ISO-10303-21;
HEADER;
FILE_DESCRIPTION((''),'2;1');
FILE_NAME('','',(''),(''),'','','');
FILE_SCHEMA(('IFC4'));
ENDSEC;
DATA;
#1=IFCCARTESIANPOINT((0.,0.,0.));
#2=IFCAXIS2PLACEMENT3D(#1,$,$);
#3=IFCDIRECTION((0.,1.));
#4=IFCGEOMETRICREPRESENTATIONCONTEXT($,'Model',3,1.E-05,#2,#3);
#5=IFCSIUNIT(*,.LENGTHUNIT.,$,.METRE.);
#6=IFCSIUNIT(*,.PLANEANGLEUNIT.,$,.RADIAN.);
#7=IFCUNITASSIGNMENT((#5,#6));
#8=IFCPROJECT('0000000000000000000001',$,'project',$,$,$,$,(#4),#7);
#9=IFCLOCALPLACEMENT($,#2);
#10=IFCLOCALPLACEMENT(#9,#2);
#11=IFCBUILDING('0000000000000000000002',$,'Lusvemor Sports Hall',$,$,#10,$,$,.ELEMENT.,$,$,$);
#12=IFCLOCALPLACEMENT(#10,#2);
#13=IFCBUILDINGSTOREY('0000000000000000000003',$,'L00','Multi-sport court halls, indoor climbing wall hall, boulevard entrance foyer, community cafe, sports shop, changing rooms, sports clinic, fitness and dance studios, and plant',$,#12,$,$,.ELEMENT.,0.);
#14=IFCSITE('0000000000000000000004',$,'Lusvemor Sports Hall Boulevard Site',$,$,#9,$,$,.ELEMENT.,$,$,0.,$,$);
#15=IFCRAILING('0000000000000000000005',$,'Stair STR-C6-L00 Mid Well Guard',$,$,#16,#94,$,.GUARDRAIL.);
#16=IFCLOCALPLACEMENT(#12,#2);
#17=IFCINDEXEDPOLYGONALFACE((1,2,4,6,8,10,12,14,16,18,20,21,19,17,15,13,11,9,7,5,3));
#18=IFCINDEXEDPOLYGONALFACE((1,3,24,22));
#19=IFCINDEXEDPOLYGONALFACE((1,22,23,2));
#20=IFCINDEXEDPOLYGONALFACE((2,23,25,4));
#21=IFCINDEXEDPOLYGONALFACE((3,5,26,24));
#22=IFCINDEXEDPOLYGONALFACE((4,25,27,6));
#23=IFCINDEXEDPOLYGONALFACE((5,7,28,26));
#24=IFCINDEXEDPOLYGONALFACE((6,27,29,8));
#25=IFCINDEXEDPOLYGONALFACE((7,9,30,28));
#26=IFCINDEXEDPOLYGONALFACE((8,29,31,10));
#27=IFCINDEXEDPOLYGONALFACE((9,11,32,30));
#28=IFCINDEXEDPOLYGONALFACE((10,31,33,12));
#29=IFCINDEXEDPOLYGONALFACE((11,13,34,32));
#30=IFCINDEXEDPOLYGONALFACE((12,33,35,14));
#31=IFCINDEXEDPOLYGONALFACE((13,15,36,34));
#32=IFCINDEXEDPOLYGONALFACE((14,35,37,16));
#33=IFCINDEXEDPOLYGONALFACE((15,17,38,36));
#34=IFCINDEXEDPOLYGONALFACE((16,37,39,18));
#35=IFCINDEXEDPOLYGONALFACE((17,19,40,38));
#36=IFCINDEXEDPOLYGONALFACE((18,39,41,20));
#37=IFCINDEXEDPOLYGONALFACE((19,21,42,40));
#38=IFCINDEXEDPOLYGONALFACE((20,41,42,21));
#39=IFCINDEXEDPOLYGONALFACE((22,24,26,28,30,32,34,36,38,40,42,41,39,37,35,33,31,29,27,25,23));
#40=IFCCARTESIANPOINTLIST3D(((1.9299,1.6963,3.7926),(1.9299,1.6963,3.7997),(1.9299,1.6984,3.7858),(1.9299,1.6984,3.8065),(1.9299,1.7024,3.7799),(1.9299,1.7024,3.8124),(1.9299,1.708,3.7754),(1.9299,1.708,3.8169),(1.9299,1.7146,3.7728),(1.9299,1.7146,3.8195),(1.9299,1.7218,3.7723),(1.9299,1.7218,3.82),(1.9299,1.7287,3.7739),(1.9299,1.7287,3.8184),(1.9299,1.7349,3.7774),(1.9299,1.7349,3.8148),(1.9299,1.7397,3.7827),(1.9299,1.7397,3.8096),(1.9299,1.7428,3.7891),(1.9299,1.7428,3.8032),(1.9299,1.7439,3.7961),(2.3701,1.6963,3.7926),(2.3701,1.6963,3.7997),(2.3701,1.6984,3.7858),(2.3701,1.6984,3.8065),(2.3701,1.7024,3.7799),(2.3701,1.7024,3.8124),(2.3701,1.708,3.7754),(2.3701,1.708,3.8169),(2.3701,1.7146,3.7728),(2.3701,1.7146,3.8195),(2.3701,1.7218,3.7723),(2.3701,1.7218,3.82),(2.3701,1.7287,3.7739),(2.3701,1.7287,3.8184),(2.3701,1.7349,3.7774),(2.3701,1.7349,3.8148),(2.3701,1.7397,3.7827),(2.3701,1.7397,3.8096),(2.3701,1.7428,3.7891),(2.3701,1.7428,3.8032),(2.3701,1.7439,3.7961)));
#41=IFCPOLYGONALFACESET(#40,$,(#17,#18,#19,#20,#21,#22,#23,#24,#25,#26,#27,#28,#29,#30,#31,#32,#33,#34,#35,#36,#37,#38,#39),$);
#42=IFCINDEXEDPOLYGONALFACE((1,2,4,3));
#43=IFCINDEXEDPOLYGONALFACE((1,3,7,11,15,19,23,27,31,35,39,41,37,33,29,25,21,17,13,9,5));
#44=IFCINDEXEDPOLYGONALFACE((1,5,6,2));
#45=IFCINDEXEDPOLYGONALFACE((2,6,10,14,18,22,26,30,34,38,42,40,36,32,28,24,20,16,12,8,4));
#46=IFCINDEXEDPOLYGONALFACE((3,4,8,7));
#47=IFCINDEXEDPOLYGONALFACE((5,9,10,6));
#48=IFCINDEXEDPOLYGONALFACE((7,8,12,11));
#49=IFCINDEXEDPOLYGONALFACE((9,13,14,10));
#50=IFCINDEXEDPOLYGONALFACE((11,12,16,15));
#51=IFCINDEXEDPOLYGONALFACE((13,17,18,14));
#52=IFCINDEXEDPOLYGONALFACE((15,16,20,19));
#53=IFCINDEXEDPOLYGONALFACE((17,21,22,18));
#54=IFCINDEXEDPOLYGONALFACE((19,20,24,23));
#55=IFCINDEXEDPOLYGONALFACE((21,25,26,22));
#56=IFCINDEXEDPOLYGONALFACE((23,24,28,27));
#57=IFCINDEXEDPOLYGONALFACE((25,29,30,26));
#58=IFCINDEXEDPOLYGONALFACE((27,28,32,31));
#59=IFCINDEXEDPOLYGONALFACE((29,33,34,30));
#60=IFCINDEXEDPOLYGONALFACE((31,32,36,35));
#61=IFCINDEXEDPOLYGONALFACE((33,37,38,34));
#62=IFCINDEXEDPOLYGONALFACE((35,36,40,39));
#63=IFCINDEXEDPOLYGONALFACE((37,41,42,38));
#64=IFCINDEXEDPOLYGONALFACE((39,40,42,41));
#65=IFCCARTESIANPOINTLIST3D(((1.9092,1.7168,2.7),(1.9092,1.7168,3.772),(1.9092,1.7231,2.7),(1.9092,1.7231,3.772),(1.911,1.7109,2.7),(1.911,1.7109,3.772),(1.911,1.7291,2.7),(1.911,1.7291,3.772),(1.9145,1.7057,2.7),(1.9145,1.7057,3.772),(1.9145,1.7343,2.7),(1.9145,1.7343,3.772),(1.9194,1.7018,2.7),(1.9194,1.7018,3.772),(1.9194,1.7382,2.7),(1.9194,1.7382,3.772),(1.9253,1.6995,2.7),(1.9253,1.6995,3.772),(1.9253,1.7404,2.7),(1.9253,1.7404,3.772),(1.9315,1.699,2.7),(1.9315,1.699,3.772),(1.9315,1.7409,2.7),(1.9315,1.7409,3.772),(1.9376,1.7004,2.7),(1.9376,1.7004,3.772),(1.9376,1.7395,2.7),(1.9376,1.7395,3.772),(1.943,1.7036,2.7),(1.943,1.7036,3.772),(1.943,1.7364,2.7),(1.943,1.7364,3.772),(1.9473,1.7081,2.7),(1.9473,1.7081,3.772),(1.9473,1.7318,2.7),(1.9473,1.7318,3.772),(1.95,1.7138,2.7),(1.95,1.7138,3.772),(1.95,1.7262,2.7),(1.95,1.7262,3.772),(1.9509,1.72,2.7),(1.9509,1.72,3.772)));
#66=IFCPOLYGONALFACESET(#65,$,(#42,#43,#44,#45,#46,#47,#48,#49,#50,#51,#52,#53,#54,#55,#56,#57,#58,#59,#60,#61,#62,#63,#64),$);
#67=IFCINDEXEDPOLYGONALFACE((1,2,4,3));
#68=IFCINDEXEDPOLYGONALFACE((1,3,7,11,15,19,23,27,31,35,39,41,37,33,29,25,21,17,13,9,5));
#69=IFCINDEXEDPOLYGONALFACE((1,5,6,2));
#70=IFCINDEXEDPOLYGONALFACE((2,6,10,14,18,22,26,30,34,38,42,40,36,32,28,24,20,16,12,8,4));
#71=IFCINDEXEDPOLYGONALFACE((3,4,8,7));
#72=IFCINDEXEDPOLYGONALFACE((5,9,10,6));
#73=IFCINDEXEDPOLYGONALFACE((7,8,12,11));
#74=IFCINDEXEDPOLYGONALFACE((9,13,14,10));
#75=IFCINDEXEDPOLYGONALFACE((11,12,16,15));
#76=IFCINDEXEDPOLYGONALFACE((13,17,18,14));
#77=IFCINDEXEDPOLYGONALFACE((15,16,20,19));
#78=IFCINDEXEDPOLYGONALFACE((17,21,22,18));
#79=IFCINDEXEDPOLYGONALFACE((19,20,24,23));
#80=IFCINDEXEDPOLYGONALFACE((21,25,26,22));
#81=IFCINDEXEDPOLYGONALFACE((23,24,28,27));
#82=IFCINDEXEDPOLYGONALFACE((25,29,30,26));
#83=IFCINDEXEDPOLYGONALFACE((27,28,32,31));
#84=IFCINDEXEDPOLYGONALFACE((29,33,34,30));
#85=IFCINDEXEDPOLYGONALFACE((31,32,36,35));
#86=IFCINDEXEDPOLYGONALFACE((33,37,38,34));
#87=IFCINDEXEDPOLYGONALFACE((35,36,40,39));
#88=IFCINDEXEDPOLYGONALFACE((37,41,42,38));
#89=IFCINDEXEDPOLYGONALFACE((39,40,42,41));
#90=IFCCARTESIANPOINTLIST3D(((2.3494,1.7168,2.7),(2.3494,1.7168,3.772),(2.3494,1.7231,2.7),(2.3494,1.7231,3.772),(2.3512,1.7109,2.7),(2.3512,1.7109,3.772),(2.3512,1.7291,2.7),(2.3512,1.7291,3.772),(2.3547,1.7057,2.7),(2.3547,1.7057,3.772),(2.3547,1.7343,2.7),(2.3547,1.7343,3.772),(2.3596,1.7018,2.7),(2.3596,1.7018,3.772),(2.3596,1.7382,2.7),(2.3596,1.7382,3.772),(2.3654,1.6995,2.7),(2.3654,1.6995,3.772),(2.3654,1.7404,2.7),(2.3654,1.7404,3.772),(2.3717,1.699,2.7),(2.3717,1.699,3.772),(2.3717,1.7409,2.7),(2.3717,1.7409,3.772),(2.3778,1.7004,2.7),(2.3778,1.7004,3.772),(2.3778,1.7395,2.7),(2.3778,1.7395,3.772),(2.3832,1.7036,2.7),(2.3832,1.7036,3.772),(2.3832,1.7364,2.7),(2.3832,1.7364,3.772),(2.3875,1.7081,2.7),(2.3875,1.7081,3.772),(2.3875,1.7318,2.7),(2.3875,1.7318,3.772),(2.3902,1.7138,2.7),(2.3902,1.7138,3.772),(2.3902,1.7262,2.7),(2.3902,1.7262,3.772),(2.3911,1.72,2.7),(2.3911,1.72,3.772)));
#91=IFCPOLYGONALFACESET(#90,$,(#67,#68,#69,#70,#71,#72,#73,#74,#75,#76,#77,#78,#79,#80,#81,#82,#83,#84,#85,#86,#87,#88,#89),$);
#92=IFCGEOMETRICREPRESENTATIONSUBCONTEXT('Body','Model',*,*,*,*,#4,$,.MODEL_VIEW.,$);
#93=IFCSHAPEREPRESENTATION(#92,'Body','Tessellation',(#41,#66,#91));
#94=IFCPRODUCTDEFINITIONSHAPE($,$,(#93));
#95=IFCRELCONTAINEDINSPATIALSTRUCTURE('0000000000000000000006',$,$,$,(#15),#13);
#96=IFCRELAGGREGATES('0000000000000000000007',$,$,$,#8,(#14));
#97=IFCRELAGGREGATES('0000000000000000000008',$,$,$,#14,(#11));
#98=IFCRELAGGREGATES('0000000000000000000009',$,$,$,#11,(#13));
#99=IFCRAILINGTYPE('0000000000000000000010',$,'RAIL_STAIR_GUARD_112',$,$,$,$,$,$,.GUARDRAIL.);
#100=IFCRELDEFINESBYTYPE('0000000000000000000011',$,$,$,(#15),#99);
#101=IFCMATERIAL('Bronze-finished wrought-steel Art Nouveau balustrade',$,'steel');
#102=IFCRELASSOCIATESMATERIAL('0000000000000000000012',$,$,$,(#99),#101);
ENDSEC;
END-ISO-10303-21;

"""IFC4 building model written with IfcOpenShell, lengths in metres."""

from ifc_helpers import new_model, si_unit, direction, frame, origin, origin_2d, place, context, subcontext, project, spatial, circle, extrude, material, type_object, element, save


model = new_model("IFC4")

# Units and contexts
model_context = context("Model", 3, precision=1e-05, world=origin(), true_north=direction((0.0, 1.0)))
body_context = subcontext(model_context, "Body", "Model", "MODEL_VIEW")
ifc_project = project(units=[si_unit("LENGTHUNIT", "METRE"), si_unit("PLANEANGLEUNIT", "RADIAN")], contexts=[model_context])

# Site, building, storey
site_placement = place(None, origin())
site = spatial("IfcSite", under=ifc_project, at=site_placement, Name="Lusvemor Sports Hall Boulevard Site", CompositionType="ELEMENT", RefElevation=0.0)
building_placement = place(site_placement, origin())
building = spatial("IfcBuilding", under=site, at=building_placement, Name="Lusvemor Sports Hall", CompositionType="ELEMENT")
storey_placement = place(building_placement, origin())
storey = spatial("IfcBuildingStorey", under=building, at=storey_placement, Name="L00", Description="Multi-sport court halls, indoor climbing wall hall, boulevard entrance foyer, community cafe, sports shop, changing rooms, sports clinic, fitness and dance studios, and plant", CompositionType="ELEMENT", Elevation=0.0)

# Railing
ifc_material_1 = material(Name="Bronze-finished wrought-steel Art Nouveau balustrade", Category="steel")
railing_type_1 = type_object("IfcRailingType", Name="RAIL_STAIR_GUARD_112", PredefinedType="GUARDRAIL", material=ifc_material_1)
railing_1_placement = place(storey_placement, frame((1.9299, 1.72, 2.7)))
element("IfcRailing", 1, at=railing_1_placement, inside=storey, type_object=railing_type_1, Name="Stair STR-C6-L00 Mid Well Guard", PredefinedType="GUARDRAIL", context=body_context, shape_type="SweptSolid", body=[
    extrude(circle(Radius=0.0239, at=origin_2d()), frame((0.0, 0.0, 1.0962), z_axis=(1.0, 0.0, 0.0), x_axis=(0.0, 1.0, 0.0)), (0.0, 0.0, 1.0), 0.4402),
    extrude(circle(Radius=0.021, at=origin_2d()), origin(), (0.0, 0.0, 1.0), 1.072),
    extrude(circle(Radius=0.021, at=origin_2d()), frame((0.4402, 0.0, 0.0)), (0.0, 0.0, 1.0), 1.072),
])

save(model, "model.ifc")
